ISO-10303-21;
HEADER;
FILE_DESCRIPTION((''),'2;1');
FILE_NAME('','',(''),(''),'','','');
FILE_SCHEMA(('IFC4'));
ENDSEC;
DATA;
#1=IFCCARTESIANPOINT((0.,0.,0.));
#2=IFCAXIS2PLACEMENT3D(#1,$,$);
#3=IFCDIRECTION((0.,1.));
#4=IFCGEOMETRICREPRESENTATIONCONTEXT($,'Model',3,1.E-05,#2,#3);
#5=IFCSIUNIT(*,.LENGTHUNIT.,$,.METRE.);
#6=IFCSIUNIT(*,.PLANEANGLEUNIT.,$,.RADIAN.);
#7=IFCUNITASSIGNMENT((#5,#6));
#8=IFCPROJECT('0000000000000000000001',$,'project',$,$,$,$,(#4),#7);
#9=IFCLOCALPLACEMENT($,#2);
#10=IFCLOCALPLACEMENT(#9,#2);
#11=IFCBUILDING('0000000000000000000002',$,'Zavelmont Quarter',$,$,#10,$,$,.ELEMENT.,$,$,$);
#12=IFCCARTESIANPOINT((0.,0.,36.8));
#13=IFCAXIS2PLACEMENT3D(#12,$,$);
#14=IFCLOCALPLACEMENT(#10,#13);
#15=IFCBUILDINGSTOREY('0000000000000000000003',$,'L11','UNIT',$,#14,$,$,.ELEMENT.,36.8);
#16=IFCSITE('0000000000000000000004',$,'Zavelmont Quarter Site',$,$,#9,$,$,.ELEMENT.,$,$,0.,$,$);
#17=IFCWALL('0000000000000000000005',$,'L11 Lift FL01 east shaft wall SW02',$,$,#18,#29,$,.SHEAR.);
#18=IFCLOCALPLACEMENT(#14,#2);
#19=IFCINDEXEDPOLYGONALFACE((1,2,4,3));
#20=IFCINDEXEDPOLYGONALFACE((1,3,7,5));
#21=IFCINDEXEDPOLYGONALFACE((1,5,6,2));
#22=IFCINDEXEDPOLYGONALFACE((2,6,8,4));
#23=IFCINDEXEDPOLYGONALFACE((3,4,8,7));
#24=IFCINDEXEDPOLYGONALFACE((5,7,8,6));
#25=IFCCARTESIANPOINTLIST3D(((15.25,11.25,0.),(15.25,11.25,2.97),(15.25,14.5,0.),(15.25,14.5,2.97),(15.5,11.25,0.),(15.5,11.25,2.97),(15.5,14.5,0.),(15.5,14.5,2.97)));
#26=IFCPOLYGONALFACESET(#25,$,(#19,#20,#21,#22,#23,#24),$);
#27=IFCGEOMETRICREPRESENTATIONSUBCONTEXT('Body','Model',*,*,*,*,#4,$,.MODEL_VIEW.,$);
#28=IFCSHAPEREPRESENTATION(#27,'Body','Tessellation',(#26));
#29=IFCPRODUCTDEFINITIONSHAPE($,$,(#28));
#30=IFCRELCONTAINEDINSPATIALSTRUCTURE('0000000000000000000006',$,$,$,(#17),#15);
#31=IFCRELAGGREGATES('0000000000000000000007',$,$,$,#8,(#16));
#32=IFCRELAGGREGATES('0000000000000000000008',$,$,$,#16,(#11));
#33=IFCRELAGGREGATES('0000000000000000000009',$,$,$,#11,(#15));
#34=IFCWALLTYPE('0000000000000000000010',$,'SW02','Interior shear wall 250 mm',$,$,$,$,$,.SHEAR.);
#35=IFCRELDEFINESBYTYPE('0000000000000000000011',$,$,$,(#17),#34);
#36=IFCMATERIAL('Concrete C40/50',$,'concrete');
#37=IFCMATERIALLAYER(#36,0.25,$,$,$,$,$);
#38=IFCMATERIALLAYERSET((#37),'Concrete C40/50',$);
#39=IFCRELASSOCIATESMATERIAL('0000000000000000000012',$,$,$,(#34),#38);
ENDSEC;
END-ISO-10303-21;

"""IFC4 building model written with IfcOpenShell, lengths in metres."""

from ifc_helpers import new_model, si_unit, direction, frame, frame_2d, origin, place, context, subcontext, project, spatial, rectangle, extrude, material, layer, layer_set, type_object, element, save


model = new_model("IFC4")

# Units and contexts
model_context = context("Model", 3, precision=1e-05, world=origin(), true_north=direction((0.0, 1.0)))
body_context = subcontext(model_context, "Body", "Model", "MODEL_VIEW")
ifc_project = project(units=[si_unit("LENGTHUNIT", "METRE"), si_unit("PLANEANGLEUNIT", "RADIAN")], contexts=[model_context])

# Site, building, storey
site_placement = place(None, origin())
site = spatial("IfcSite", under=ifc_project, at=site_placement, Name="Zavelmont Quarter Site", CompositionType="ELEMENT", RefElevation=0.0)
building_placement = place(site_placement, origin())
building = spatial("IfcBuilding", under=site, at=building_placement, Name="Zavelmont Quarter", CompositionType="ELEMENT")
storey_placement = place(building_placement, frame((0.0, 0.0, 36.8)))
storey = spatial("IfcBuildingStorey", under=building, at=storey_placement, Name="L11", Description="UNIT", CompositionType="ELEMENT", Elevation=36.8)

# Shared definitions
ifc_material_1 = material(Name="Concrete C40/50", Category="concrete")

# Wall
ifc_layer_1 = layer(ifc_material_1, 0.25)
ifc_layer_set_1 = layer_set([ifc_layer_1], Name="Concrete C40/50")
wall_type_1 = type_object("IfcWallType", Name="SW02", Description="Interior shear wall 250 mm", PredefinedType="SHEAR", material=ifc_layer_set_1)
for number, where, z_axis, x_axis, name in (
    (1, (15.375, 11.25, 0.0), (0.0, 0.0, 1.0), (0.0, 1.0, 0.0), "L11 Lift FL01 east shaft wall SW02"),
):
    element("IfcWall", number, at=place(storey_placement, frame(where, z_axis=z_axis, x_axis=x_axis)), inside=storey, type_object=wall_type_1, Name=name, PredefinedType="SHEAR", context=body_context, shape_type="SweptSolid", body=[
        extrude(rectangle(XDim=3.25, YDim=0.25, at=frame_2d((1.625, 0.0))), origin(), (0.0, 0.0, 1.0), 2.97),
    ])

save(model, "model.ifc")
